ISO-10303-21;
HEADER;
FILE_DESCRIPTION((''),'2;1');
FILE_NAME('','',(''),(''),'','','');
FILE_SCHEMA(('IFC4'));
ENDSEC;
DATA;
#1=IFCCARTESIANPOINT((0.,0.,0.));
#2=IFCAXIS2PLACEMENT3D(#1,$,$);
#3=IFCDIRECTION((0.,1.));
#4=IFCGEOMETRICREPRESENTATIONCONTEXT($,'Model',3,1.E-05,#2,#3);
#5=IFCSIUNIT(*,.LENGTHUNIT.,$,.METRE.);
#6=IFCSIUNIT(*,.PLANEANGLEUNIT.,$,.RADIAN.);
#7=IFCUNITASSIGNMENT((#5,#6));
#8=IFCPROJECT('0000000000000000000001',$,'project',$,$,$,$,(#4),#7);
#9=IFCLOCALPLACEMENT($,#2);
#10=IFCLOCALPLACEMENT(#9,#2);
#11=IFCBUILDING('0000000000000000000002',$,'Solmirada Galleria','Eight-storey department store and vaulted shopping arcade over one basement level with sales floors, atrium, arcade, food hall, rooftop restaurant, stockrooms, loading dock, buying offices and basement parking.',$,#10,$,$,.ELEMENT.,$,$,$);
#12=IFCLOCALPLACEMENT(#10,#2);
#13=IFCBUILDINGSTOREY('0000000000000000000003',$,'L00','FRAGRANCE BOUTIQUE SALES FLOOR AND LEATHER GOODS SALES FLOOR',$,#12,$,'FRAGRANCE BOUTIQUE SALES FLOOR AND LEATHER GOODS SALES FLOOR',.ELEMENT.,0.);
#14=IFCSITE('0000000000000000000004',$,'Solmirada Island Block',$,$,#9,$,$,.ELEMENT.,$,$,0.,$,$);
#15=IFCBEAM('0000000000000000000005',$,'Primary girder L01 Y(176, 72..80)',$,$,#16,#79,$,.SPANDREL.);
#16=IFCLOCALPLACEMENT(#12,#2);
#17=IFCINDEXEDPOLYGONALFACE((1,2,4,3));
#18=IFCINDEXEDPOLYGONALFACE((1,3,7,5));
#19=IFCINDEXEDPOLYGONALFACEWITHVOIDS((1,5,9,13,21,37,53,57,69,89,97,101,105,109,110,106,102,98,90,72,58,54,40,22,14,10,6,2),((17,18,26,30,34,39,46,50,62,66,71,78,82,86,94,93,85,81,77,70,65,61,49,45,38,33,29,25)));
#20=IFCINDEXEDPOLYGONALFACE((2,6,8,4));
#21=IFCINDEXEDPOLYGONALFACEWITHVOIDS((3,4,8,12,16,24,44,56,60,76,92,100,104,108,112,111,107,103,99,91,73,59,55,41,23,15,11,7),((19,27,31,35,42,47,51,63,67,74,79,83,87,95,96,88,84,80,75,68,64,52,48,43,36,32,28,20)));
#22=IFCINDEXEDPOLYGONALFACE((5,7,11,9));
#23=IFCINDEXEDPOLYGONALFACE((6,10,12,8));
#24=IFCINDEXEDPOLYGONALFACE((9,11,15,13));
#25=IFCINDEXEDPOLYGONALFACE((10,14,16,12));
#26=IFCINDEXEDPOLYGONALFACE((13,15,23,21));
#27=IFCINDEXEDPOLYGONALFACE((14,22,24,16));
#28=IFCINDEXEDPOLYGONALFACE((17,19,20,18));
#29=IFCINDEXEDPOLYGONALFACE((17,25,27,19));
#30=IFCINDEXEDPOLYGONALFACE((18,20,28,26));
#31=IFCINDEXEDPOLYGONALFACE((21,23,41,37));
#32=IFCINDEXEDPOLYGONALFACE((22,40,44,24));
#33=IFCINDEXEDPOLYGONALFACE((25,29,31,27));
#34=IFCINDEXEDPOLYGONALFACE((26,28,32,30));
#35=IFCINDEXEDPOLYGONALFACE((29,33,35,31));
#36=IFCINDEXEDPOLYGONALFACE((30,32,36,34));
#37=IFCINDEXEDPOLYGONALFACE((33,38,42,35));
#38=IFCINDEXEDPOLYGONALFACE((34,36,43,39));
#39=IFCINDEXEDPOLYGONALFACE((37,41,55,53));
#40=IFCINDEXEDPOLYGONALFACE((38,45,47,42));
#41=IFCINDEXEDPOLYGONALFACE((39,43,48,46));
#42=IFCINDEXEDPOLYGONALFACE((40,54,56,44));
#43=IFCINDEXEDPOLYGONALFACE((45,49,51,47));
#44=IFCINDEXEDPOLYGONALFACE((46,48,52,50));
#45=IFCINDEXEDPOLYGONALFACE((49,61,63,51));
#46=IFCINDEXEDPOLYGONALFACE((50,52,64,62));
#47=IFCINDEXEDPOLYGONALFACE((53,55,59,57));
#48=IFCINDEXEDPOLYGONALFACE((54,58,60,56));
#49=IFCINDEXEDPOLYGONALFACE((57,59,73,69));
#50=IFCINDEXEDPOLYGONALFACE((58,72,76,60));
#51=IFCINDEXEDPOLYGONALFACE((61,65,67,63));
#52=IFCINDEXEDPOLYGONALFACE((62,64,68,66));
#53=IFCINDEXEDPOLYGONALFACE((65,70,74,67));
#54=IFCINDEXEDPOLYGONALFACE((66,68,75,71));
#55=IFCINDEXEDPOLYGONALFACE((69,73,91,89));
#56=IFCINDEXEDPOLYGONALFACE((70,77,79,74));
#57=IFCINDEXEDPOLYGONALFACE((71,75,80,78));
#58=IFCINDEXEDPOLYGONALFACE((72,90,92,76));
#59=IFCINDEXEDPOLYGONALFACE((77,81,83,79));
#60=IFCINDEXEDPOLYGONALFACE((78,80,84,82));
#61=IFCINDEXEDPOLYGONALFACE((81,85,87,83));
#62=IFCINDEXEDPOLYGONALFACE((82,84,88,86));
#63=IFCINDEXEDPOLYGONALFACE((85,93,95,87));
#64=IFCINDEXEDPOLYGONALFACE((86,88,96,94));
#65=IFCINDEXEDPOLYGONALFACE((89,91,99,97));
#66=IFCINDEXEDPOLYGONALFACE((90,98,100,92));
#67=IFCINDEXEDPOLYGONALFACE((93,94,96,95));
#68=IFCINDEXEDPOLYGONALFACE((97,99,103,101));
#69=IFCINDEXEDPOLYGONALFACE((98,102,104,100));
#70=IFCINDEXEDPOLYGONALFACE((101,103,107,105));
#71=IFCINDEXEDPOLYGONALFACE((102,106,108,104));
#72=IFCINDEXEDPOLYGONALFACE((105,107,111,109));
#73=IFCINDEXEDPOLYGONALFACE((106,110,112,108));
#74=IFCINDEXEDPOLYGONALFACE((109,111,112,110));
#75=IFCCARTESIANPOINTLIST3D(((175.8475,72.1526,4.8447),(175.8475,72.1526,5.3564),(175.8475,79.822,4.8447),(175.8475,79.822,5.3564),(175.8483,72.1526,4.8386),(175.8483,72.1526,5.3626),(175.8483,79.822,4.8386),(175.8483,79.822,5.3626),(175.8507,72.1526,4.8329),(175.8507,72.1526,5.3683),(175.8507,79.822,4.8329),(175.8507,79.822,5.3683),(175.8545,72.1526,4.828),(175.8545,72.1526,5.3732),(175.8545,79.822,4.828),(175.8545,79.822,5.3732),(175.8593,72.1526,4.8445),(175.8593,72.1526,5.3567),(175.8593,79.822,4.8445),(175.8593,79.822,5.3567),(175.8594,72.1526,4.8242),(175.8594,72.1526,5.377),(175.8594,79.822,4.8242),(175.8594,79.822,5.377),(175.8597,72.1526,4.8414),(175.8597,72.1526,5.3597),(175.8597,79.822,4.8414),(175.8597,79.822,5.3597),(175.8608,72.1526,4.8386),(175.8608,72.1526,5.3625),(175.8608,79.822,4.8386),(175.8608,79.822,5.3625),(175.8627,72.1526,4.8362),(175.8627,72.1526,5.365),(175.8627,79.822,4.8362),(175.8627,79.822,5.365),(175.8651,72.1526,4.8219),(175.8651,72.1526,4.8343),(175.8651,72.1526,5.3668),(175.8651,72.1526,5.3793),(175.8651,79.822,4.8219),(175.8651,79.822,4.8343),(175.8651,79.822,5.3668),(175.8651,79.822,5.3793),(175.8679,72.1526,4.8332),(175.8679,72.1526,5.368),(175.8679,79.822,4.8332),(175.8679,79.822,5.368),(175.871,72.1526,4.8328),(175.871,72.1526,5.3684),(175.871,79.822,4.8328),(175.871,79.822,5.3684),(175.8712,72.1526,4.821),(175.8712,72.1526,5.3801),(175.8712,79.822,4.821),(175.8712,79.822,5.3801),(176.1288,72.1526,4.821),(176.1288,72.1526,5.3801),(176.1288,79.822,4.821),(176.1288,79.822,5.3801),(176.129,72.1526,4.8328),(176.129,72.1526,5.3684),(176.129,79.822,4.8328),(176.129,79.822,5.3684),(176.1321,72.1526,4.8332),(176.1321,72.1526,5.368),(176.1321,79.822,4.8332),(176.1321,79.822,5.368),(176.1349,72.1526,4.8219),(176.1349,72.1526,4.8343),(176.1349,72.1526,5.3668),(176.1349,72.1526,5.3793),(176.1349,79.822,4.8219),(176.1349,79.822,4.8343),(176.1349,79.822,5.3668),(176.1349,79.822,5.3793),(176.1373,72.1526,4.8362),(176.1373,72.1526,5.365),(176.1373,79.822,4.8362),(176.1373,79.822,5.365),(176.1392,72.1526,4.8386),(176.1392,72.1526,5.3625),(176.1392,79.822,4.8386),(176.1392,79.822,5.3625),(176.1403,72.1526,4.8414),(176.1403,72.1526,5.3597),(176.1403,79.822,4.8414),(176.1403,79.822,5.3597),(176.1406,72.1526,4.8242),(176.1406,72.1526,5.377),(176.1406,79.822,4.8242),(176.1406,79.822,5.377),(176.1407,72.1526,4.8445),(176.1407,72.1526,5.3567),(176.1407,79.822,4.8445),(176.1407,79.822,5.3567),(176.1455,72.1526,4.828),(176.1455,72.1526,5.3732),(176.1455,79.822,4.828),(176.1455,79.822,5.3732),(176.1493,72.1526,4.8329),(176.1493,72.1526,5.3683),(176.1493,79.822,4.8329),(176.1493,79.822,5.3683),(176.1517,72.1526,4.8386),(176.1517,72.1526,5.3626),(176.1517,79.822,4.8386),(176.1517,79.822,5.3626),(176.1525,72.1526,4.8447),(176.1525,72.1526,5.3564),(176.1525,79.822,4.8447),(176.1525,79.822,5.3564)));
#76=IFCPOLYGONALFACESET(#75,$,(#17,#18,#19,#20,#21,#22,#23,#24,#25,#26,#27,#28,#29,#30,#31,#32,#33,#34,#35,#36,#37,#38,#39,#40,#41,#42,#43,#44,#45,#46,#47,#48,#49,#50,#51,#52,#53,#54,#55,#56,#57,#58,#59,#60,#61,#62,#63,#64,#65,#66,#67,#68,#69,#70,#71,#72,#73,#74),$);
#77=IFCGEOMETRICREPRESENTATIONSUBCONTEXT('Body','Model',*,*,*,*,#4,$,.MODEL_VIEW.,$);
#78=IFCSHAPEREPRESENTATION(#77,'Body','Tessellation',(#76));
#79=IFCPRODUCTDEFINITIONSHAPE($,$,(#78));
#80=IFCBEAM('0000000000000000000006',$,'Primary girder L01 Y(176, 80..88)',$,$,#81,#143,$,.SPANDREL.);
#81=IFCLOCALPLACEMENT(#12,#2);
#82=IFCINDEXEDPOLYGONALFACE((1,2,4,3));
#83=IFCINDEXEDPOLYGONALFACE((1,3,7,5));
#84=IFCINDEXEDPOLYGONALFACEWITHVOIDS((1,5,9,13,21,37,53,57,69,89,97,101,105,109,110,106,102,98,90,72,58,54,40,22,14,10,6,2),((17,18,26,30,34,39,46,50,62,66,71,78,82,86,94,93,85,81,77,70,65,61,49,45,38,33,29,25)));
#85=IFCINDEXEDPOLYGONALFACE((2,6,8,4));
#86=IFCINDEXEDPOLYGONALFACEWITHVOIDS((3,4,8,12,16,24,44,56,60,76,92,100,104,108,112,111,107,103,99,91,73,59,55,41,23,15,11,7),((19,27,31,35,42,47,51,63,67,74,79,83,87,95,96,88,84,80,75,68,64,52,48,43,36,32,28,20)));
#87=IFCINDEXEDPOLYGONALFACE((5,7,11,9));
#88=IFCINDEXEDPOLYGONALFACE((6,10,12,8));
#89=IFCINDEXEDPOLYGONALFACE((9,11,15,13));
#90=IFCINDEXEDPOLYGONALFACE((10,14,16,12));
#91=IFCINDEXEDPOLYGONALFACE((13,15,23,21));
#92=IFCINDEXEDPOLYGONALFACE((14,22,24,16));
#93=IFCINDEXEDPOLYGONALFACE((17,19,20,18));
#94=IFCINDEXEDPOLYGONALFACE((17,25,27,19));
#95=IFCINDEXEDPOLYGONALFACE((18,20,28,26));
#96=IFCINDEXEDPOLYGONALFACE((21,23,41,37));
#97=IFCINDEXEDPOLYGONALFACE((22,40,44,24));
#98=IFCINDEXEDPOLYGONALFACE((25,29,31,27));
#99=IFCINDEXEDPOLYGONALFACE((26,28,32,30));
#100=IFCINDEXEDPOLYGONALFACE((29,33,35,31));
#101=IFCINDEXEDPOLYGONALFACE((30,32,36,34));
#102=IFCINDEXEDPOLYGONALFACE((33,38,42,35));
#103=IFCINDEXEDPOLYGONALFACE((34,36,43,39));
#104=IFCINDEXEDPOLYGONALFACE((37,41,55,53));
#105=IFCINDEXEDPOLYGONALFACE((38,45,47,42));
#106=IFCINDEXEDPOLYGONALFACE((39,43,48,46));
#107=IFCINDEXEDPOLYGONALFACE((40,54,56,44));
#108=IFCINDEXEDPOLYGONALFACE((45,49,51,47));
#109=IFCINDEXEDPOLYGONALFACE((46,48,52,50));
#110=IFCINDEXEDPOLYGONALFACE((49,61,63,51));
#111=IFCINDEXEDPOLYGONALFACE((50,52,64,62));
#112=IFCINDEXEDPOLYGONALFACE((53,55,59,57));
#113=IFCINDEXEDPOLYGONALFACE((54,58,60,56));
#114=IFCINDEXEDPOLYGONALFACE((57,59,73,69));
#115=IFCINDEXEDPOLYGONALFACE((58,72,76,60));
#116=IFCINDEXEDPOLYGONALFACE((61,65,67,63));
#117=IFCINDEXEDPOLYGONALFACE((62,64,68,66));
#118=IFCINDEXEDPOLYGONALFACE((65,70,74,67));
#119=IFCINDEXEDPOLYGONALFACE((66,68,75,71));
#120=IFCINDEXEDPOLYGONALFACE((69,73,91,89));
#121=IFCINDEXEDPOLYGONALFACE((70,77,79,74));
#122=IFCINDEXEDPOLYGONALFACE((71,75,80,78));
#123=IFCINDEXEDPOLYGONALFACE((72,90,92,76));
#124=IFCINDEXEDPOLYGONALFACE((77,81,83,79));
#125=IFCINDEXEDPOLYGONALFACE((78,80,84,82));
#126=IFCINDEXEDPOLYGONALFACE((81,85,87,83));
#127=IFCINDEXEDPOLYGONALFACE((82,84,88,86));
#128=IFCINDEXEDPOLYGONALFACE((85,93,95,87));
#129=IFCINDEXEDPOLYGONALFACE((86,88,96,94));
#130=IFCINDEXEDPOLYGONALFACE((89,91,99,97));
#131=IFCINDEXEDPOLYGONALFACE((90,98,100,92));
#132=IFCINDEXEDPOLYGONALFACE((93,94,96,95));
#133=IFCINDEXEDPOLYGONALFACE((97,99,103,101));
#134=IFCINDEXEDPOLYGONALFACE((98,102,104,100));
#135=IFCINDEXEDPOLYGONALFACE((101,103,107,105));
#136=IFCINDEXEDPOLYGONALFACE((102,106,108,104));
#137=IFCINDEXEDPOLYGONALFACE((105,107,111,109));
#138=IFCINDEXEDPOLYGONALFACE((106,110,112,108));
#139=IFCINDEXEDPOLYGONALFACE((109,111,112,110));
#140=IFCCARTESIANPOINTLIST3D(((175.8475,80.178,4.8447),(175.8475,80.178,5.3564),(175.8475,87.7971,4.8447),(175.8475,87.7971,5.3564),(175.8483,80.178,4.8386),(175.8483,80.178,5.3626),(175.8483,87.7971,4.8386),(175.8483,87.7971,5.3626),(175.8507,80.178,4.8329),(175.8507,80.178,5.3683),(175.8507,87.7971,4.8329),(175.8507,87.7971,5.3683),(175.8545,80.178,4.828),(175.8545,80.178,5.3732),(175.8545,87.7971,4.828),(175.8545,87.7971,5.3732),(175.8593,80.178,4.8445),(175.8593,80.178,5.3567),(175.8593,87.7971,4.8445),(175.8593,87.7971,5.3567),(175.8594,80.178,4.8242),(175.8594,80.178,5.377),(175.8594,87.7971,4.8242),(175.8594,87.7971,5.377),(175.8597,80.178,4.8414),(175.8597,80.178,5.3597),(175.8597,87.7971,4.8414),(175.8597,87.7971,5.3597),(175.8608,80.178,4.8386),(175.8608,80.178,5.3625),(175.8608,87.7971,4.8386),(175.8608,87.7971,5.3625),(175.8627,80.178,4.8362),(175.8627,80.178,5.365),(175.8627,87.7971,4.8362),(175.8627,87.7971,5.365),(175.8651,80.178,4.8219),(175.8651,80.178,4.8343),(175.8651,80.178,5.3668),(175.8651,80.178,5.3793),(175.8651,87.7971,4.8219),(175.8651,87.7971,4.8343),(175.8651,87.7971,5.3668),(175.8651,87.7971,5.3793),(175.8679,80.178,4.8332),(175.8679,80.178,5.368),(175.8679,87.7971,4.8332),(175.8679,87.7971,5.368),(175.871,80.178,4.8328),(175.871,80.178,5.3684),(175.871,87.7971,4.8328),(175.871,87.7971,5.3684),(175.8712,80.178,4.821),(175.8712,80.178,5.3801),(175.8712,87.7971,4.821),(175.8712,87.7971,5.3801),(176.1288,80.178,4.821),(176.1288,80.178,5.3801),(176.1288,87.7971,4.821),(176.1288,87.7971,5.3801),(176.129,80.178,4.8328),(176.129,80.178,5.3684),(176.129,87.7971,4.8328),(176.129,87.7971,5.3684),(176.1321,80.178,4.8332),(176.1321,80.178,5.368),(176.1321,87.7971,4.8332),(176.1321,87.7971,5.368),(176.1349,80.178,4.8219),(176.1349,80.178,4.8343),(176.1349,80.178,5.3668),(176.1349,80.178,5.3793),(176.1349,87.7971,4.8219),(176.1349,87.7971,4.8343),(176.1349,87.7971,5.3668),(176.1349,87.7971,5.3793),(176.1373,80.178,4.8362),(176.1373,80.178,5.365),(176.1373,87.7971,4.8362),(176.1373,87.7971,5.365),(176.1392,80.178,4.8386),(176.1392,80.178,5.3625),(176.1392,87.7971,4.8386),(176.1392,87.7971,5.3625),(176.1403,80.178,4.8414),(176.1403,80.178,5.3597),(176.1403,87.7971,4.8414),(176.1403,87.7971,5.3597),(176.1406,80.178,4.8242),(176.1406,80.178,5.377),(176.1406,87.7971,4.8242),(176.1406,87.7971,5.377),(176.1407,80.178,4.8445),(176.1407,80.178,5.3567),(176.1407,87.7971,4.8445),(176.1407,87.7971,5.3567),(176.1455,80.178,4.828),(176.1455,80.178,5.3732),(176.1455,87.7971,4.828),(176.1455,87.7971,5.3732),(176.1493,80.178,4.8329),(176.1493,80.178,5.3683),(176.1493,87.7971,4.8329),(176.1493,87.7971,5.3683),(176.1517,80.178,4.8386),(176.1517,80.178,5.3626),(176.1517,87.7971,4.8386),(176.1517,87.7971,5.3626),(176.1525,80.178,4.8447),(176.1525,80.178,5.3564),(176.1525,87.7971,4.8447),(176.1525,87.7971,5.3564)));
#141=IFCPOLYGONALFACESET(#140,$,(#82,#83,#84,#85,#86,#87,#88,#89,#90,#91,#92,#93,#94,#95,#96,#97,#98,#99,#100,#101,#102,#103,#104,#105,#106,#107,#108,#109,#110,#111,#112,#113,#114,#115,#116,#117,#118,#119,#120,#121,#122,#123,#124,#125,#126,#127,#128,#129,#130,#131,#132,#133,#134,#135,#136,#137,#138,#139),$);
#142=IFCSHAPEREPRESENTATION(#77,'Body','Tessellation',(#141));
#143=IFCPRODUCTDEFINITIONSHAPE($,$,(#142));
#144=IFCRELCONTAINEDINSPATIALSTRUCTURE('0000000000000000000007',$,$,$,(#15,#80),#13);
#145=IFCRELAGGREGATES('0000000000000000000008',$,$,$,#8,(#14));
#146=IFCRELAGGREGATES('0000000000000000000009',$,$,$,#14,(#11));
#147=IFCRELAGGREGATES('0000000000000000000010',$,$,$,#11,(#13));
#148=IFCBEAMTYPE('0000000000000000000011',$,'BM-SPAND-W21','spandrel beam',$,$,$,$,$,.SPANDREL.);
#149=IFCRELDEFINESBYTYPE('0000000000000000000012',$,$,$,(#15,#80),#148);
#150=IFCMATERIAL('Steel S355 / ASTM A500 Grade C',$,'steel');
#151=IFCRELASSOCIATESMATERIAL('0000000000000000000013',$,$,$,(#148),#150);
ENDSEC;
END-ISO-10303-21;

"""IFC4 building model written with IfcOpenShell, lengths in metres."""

from ifc_helpers import new_model, si_unit, direction, frame, origin, origin_2d, place, context, subcontext, project, spatial, hollow_rectangle, extrude, material, material_profile, profile_set, type_object, element, save


model = new_model("IFC4")

# Units and contexts
model_context = context("Model", 3, precision=1e-05, world=origin(), true_north=direction((0.0, 1.0)))
body_context = subcontext(model_context, "Body", "Model", "MODEL_VIEW")
ifc_project = project(units=[si_unit("LENGTHUNIT", "METRE"), si_unit("PLANEANGLEUNIT", "RADIAN")], contexts=[model_context])

# Site, building, storey
site_placement = place(None, origin())
site = spatial("IfcSite", under=ifc_project, at=site_placement, Name="Solmirada Island Block", CompositionType="ELEMENT", RefElevation=0.0)
building_placement = place(site_placement, origin())
building = spatial("IfcBuilding", under=site, at=building_placement, Name="Solmirada Galleria", Description="Eight-storey department store and vaulted shopping arcade over one basement level with sales floors, atrium, arcade, food hall, rooftop restaurant, stockrooms, loading dock, buying offices and basement parking.", CompositionType="ELEMENT")
storey_placement = place(building_placement, origin())
storey = spatial("IfcBuildingStorey", under=building, at=storey_placement, Name="L00", Description="FRAGRANCE BOUTIQUE SALES FLOOR AND LEATHER GOODS SALES FLOOR", LongName="FRAGRANCE BOUTIQUE SALES FLOOR AND LEATHER GOODS SALES FLOOR", CompositionType="ELEMENT", Elevation=0.0)

# Shared definitions
ifc_material_1 = material(Name="Steel S355 / ASTM A500 Grade C", Category="steel")

# Beams
ifc_material_profile_1 = material_profile(ifc_material_1, hollow_rectangle(XDim=0.3049, YDim=0.5591, WallThickness=0.0117, InnerFilletRadius=0.0117, OuterFilletRadius=0.0237, at=origin_2d()), Name="HSS22X12X1/2")
ifc_profile_set_1 = profile_set([ifc_material_profile_1], Name="Steel S355 / ASTM A500 Grade C")
beam_type = type_object("IfcBeamType", Name="BM-SPAND-W21", Description="spandrel beam", PredefinedType="SPANDREL", material=ifc_profile_set_1)
beam_1_placement = place(storey_placement, frame((176.0, 72.1526, 5.1006), z_axis=(0.0, 1.0, 0.0), x_axis=(-1.0, 0.0, 0.0)))
element("IfcBeam", 1, at=beam_1_placement, inside=storey, type_object=beam_type, Name="Primary girder L01 Y(176, 72..80)", PredefinedType="SPANDREL", context=body_context, shape_type="SweptSolid", body=[
    extrude(hollow_rectangle(XDim=0.3049, YDim=0.5591, WallThickness=0.0117, InnerFilletRadius=0.0117, OuterFilletRadius=0.0237, at=origin_2d()), origin(), (0.0, 0.0, 1.0), 7.6694),
])
beam_2_placement = place(storey_placement, frame((176.0, 80.178, 5.1006), z_axis=(0.0, 1.0, 0.0), x_axis=(-1.0, 0.0, 0.0)))
element("IfcBeam", 2, at=beam_2_placement, inside=storey, type_object=beam_type, Name="Primary girder L01 Y(176, 80..88)", PredefinedType="SPANDREL", context=body_context, shape_type="SweptSolid", body=[
    extrude(hollow_rectangle(XDim=0.3049, YDim=0.5591, WallThickness=0.0117, InnerFilletRadius=0.0117, OuterFilletRadius=0.0237, at=origin_2d()), origin(), (0.0, 0.0, 1.0), 7.6191),
])

save(model, "model.ifc")
